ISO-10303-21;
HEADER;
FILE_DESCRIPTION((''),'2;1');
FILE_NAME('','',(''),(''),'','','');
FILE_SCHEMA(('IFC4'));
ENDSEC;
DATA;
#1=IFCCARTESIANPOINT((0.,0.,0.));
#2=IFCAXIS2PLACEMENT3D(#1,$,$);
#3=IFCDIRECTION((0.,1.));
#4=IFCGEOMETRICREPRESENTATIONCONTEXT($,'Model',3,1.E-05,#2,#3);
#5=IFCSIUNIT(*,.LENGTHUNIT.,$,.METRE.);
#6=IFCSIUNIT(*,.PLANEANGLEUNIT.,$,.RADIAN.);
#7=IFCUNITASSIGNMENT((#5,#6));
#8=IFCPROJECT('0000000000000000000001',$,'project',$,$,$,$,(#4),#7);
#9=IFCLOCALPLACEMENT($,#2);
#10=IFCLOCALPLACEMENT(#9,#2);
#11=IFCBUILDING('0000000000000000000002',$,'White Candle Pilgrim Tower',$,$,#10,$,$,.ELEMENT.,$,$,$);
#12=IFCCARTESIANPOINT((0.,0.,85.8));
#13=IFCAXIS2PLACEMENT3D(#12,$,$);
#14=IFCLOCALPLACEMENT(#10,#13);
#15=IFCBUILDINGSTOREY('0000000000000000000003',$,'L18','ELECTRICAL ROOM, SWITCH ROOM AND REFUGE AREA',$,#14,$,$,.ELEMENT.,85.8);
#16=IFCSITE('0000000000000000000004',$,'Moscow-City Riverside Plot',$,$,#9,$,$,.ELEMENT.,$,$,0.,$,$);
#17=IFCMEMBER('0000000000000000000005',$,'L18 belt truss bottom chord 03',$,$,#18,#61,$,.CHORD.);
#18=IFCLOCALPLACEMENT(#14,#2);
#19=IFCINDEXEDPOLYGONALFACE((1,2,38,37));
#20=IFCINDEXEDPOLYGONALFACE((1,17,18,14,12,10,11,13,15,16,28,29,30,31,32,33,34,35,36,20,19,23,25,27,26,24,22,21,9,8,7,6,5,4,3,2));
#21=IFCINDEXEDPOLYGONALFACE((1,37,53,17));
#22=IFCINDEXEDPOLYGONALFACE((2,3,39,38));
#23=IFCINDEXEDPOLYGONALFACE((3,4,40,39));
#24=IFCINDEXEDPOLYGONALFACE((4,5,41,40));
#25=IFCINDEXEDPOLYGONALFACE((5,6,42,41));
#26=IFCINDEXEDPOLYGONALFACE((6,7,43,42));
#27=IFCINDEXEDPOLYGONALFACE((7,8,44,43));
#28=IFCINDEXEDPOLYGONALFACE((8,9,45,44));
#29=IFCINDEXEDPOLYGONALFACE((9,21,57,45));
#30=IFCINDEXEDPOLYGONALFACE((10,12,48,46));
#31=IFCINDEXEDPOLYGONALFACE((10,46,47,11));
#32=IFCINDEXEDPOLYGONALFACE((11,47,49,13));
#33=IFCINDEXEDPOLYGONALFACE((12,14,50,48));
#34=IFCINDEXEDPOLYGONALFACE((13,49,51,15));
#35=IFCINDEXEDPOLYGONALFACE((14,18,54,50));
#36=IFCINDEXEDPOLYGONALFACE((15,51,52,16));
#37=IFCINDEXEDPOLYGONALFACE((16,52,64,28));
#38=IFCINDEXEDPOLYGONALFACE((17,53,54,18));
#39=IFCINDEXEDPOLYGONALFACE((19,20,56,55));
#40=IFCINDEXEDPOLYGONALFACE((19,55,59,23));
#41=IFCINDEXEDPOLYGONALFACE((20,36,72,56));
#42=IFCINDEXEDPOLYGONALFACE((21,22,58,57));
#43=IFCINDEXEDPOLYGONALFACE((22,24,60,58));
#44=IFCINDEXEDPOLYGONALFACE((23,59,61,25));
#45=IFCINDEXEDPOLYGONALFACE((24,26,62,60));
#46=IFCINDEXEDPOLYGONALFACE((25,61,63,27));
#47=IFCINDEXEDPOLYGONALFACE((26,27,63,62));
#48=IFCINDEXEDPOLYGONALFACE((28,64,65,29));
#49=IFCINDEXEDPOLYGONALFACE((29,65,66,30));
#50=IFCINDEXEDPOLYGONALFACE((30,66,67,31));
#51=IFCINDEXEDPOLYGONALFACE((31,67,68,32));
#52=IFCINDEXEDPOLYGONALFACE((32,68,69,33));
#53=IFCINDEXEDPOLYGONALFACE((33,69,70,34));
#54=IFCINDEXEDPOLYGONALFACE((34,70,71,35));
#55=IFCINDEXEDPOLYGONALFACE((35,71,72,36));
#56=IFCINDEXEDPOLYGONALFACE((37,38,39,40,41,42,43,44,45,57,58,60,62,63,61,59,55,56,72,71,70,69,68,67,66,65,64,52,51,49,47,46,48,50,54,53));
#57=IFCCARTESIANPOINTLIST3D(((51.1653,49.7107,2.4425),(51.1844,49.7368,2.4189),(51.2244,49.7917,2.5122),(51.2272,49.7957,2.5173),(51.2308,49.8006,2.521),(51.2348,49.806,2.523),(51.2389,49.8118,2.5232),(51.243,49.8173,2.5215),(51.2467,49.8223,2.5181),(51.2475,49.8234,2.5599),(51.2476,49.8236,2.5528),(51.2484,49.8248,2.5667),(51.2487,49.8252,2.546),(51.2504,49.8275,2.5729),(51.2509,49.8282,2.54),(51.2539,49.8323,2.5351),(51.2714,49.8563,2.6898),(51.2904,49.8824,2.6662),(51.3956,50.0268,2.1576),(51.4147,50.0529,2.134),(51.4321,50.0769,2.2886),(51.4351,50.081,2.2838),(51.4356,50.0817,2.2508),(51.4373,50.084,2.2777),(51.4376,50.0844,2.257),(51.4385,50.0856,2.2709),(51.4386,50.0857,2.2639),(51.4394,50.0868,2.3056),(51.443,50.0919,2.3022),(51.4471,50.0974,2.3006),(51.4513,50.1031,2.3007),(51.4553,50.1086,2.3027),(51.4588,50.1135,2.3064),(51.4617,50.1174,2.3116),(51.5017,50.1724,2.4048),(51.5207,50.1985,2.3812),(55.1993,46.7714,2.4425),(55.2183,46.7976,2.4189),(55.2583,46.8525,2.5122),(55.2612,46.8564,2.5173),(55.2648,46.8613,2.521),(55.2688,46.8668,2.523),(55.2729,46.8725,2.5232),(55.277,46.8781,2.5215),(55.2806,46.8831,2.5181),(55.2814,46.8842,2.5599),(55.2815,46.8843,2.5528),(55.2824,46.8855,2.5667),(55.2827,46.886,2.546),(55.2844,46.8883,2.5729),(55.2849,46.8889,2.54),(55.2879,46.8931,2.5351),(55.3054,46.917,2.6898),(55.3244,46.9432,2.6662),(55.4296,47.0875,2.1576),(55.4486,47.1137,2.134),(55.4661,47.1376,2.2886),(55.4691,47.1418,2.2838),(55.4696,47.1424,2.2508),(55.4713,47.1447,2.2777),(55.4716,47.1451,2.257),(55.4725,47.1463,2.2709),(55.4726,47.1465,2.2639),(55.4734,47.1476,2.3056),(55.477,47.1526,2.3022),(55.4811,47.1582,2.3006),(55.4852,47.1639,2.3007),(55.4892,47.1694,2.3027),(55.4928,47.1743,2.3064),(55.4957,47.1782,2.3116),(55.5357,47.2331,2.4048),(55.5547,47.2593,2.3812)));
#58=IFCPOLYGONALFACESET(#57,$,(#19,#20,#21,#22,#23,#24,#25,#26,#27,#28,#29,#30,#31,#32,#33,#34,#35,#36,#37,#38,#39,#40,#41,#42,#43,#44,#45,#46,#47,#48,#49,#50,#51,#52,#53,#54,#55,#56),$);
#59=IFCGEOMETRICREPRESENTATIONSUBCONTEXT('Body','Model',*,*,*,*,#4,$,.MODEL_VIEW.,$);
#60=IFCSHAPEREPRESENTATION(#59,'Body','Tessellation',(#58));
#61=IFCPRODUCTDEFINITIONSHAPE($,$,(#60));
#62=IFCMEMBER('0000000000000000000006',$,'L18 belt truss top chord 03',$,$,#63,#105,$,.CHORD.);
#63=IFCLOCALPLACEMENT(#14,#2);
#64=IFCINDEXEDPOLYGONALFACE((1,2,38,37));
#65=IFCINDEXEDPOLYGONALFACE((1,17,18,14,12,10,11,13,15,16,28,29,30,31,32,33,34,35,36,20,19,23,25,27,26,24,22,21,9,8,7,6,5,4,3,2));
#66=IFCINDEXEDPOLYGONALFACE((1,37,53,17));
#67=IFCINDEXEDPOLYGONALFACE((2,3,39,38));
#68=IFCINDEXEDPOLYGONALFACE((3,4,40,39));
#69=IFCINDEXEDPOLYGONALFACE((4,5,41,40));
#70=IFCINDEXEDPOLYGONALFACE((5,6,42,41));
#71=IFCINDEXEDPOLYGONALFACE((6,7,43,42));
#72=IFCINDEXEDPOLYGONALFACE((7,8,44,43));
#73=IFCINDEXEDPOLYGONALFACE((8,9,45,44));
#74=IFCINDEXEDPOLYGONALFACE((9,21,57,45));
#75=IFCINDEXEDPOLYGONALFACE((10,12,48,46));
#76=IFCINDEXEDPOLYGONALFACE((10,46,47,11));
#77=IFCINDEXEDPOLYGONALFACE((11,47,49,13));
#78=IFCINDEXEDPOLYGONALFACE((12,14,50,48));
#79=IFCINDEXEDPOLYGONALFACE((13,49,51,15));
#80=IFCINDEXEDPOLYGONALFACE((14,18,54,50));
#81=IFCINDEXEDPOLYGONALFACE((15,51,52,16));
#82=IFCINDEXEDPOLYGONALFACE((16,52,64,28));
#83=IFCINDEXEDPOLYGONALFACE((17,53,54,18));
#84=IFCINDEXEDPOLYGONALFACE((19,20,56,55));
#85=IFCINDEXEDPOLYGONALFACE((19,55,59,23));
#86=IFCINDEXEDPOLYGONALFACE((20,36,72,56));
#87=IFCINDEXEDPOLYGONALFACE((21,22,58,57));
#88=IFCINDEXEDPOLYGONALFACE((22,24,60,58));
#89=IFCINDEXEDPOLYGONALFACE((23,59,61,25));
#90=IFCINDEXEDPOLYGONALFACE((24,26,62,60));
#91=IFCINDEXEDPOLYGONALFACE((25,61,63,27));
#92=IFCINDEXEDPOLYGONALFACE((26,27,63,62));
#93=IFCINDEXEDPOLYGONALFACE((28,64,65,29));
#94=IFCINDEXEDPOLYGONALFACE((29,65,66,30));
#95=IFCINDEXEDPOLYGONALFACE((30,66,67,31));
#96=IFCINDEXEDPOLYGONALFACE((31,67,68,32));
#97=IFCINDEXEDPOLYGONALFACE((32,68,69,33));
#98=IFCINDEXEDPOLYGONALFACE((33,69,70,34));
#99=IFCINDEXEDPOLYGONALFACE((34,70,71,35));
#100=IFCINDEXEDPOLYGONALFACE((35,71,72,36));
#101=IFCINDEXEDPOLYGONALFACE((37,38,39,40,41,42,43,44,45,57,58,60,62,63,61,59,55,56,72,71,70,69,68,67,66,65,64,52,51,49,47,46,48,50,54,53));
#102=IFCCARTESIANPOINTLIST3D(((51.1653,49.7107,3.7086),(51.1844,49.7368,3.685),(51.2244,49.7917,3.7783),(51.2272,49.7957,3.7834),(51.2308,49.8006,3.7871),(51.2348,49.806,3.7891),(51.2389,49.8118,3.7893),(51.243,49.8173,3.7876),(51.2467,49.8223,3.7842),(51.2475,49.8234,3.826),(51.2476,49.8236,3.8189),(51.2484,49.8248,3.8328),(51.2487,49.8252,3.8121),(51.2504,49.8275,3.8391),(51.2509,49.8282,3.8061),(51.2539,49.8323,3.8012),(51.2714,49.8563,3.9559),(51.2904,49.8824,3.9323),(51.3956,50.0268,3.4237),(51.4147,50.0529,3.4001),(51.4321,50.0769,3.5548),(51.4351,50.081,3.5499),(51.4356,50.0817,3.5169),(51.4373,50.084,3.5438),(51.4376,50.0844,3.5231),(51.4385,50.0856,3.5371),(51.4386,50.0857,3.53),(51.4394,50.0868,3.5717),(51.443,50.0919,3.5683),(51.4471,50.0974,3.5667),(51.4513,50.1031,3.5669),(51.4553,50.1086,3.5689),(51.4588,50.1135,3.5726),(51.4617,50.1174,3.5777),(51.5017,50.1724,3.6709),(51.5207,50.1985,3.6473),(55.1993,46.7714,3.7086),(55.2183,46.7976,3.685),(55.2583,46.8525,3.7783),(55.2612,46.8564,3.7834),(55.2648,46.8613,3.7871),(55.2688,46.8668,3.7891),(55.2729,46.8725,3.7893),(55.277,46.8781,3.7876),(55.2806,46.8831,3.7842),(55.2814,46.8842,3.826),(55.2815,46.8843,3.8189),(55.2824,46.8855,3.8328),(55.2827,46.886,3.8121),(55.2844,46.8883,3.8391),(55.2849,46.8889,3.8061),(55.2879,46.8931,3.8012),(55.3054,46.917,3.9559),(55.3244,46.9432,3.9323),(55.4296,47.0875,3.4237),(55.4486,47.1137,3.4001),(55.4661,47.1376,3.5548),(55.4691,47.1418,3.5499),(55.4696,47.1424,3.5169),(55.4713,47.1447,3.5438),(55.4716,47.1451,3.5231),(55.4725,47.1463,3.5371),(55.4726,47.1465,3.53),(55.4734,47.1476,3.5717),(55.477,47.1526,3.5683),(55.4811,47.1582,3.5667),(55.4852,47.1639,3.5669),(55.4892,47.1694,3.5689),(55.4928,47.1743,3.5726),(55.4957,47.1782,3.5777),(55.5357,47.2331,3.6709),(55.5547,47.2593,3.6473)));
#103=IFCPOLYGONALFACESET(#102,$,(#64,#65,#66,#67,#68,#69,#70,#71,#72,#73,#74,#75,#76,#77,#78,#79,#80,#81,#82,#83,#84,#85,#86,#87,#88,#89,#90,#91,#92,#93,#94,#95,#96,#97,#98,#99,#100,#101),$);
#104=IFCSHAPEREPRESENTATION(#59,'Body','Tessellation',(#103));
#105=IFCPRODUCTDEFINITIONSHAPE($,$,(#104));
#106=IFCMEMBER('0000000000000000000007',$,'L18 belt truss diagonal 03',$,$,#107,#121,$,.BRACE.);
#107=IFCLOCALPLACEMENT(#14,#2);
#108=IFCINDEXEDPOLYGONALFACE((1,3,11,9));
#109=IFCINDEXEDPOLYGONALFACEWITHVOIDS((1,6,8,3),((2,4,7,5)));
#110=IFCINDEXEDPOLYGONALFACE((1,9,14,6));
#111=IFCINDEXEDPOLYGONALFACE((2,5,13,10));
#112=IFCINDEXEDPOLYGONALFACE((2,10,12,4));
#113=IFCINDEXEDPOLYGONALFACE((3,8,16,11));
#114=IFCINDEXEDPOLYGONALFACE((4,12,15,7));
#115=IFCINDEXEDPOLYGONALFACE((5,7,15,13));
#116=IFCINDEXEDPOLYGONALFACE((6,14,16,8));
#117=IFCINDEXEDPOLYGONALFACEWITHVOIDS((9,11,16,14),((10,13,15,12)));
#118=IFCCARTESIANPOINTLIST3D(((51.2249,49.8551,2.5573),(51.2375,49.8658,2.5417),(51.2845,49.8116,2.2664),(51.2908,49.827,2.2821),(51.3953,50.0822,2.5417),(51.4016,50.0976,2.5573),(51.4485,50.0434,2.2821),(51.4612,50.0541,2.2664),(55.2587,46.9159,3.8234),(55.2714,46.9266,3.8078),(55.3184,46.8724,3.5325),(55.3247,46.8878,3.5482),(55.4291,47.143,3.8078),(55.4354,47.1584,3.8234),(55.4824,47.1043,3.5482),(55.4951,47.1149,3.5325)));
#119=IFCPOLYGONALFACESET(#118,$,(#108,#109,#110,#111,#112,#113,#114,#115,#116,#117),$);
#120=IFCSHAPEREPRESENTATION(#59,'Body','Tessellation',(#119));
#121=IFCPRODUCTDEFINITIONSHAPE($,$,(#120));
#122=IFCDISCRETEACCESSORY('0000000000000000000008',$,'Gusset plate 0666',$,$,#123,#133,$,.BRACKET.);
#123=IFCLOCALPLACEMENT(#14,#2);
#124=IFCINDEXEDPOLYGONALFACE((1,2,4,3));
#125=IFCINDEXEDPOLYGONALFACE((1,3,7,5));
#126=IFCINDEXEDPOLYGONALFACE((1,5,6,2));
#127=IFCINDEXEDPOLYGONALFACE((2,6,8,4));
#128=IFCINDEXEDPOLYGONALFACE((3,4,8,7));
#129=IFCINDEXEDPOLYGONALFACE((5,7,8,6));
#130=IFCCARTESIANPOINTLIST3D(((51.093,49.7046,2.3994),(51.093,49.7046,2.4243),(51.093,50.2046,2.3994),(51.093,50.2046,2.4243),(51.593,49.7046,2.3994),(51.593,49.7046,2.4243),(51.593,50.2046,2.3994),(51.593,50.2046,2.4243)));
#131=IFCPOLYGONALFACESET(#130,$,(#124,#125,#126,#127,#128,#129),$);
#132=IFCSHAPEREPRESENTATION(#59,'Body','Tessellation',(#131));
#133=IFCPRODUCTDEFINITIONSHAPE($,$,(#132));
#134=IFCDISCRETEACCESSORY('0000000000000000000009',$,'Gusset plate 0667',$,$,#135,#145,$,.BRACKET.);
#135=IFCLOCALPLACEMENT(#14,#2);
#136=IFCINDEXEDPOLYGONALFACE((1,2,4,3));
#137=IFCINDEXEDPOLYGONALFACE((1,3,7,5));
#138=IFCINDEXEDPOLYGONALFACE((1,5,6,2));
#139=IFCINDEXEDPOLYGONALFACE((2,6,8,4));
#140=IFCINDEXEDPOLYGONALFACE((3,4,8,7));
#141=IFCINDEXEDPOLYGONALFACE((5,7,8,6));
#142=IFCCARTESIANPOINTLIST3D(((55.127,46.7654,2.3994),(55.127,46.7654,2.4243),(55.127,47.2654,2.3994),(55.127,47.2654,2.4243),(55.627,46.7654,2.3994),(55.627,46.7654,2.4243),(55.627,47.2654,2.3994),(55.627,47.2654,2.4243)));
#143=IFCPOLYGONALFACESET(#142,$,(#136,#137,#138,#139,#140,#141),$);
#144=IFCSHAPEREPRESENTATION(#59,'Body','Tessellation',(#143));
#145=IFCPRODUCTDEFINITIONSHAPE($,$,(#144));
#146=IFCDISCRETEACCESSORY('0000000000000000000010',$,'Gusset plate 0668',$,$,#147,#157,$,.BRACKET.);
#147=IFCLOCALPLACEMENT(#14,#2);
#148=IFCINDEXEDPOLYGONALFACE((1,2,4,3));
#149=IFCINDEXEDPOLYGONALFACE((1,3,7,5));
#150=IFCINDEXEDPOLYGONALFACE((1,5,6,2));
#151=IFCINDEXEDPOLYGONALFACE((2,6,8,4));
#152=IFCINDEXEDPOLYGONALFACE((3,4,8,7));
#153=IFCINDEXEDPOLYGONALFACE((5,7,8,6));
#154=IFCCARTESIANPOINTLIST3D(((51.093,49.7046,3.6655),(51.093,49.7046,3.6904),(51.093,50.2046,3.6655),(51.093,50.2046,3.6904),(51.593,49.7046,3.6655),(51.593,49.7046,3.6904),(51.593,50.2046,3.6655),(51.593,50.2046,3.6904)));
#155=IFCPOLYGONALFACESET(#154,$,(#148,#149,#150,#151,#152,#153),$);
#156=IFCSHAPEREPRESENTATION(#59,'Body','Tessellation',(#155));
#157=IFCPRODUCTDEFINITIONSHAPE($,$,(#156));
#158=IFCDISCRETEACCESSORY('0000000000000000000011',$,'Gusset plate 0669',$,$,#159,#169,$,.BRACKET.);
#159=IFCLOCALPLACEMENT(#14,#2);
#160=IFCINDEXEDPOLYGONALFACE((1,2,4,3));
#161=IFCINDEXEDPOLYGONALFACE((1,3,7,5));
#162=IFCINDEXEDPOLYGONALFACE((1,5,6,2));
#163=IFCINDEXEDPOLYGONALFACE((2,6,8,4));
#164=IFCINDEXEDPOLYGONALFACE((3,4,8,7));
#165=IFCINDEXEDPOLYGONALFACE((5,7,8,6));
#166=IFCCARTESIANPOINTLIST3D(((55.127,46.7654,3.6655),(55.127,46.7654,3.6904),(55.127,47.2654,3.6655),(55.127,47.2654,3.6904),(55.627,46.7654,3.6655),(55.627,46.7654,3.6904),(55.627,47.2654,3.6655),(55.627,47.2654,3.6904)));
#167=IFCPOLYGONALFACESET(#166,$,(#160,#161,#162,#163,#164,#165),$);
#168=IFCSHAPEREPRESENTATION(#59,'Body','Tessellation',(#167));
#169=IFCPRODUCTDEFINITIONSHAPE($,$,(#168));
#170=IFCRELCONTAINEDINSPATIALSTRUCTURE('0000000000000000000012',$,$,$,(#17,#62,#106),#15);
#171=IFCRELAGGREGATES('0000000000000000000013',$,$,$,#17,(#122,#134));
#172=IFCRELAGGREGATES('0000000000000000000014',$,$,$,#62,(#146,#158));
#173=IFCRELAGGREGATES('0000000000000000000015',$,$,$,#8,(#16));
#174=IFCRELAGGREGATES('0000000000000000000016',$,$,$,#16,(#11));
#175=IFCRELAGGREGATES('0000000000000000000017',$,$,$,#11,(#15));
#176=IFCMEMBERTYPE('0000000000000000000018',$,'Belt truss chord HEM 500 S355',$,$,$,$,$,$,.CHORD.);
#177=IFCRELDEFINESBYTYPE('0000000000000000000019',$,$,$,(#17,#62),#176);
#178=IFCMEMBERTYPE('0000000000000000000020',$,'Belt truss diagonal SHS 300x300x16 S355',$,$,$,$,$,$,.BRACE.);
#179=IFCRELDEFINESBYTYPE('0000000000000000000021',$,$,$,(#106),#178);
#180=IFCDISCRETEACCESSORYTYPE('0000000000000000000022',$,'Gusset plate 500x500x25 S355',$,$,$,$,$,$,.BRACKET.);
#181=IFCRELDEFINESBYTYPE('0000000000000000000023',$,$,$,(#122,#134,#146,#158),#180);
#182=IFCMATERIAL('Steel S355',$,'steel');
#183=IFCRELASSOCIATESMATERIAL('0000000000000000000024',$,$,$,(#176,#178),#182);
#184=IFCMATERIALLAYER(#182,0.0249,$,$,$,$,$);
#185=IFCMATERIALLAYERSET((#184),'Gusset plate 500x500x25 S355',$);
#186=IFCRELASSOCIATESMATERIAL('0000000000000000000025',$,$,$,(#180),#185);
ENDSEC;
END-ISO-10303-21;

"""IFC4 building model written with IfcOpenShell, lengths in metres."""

from ifc_helpers import new_model, si_unit, direction, frame, origin, origin_2d, place, context, subcontext, project, spatial, rectangle, hollow_rectangle, i_section, extrude, material, layer, layer_set, material_profile, profile_set, type_object, element, aggregate, save


model = new_model("IFC4")

# Units and contexts
model_context = context("Model", 3, precision=1e-05, world=origin(), true_north=direction((0.0, 1.0)))
body_context = subcontext(model_context, "Body", "Model", "MODEL_VIEW")
ifc_project = project(units=[si_unit("LENGTHUNIT", "METRE"), si_unit("PLANEANGLEUNIT", "RADIAN")], contexts=[model_context])

# Site, building, storey
site_placement = place(None, origin())
site = spatial("IfcSite", under=ifc_project, at=site_placement, Name="Moscow-City Riverside Plot", CompositionType="ELEMENT", RefElevation=0.0)
building_placement = place(site_placement, origin())
building = spatial("IfcBuilding", under=site, at=building_placement, Name="White Candle Pilgrim Tower", CompositionType="ELEMENT")
storey_placement = place(building_placement, frame((0.0, 0.0, 85.8)))
storey = spatial("IfcBuildingStorey", under=building, at=storey_placement, Name="L18", Description="ELECTRICAL ROOM, SWITCH ROOM AND REFUGE AREA", CompositionType="ELEMENT", Elevation=85.8)

# Members
ifc_material_1 = material(Name="Steel S355", Category="steel")
ifc_material_profile_1 = material_profile(ifc_material_1, i_section(OverallWidth=0.3059, OverallDepth=0.5239, WebThickness=0.021, FlangeThickness=0.04, FilletRadius=0.0271, at=origin_2d()), Name="HEM 500")
ifc_profile_set_1 = profile_set([ifc_material_profile_1], Name="Steel S355")
member_type_1 = type_object("IfcMemberType", Name="Belt truss chord HEM 500 S355", PredefinedType="CHORD", material=ifc_profile_set_1)
member_1_placement = place(storey_placement, frame((51.343, 49.9546, 2.4119), z_axis=(0.808218, -0.588884, 0.0), x_axis=(0.346791, 0.475956, 0.808209)))
member_1 = element("IfcMember", 1, at=member_1_placement, inside=storey, type_object=member_type_1, Name="L18 belt truss bottom chord 03", PredefinedType="CHORD", context=body_context, shape_type="SweptSolid", body=[
    extrude(i_section(OverallWidth=0.3059, OverallDepth=0.5239, WebThickness=0.021, FlangeThickness=0.04, FilletRadius=0.0271, at=origin_2d()), origin(), (0.0, 0.0, 1.0), 4.9912),
])
member_2_placement = place(storey_placement, frame((51.343, 49.9546, 3.678), z_axis=(0.808218, -0.588884, 0.0), x_axis=(0.346791, 0.475956, 0.808209)))
member_2 = element("IfcMember", 2, at=member_2_placement, inside=storey, type_object=member_type_1, Name="L18 belt truss top chord 03", PredefinedType="CHORD", context=body_context, shape_type="SweptSolid", body=[
    extrude(i_section(OverallWidth=0.3059, OverallDepth=0.5239, WebThickness=0.021, FlangeThickness=0.04, FilletRadius=0.0271, at=origin_2d()), origin(), (0.0, 0.0, 1.0), 4.9912),
])
ifc_material_profile_2 = material_profile(ifc_material_1, hollow_rectangle(XDim=0.3, YDim=0.3, WallThickness=0.0161, at=origin_2d()), Name="SHS 300x300x16")
ifc_profile_set_2 = profile_set([ifc_material_profile_2], Name="Steel S355")
member_type_2 = type_object("IfcMemberType", Name="Belt truss diagonal SHS 300x300x16 S355", PredefinedType="BRACE", material=ifc_profile_set_2)
member_3_placement = place(storey_placement, frame((51.343, 49.9546, 2.4119), z_axis=(0.783405, -0.570805, 0.245884), x_axis=(0.588884, 0.808218, 0.0)))
element("IfcMember", 3, at=member_3_placement, inside=storey, type_object=member_type_2, Name="L18 belt truss diagonal 03", PredefinedType="BRACE", context=body_context, shape_type="SweptSolid", body=[
    extrude(hollow_rectangle(XDim=0.3, YDim=0.3, WallThickness=0.0161, at=origin_2d()), origin(), (0.0, 0.0, 1.0), 5.1492),
])

# Discrete accessories
ifc_layer_1 = layer(ifc_material_1, 0.0249)
ifc_layer_set_1 = layer_set([ifc_layer_1], Name="Gusset plate 500x500x25 S355")
discrete_accessory_type = type_object("IfcDiscreteAccessoryType", Name="Gusset plate 500x500x25 S355", PredefinedType="BRACKET", material=ifc_layer_set_1)
discrete_accessory_1_placement = place(storey_placement, frame((51.343, 49.9546, 2.3994), z_axis=(0.0, 0.0, 1.0), x_axis=(1.0, 0.0, 0.0)))
discrete_accessory_1 = element("IfcDiscreteAccessory", 4, at=discrete_accessory_1_placement, type_object=discrete_accessory_type, Name="Gusset plate 0666", PredefinedType="BRACKET", context=body_context, shape_type="SweptSolid", body=[
    extrude(rectangle(XDim=0.5, YDim=0.5, at=origin_2d()), origin(), (0.0, 0.0, 1.0), 0.0249),
])
discrete_accessory_2_placement = place(storey_placement, frame((55.377, 47.0154, 2.3994), z_axis=(0.0, 0.0, 1.0), x_axis=(1.0, 0.0, 0.0)))
discrete_accessory_2 = element("IfcDiscreteAccessory", 5, at=discrete_accessory_2_placement, type_object=discrete_accessory_type, Name="Gusset plate 0667", PredefinedType="BRACKET", context=body_context, shape_type="SweptSolid", body=[
    extrude(rectangle(XDim=0.5, YDim=0.5, at=origin_2d()), origin(), (0.0, 0.0, 1.0), 0.0249),
])
aggregate(member_1, [discrete_accessory_1, discrete_accessory_2])
discrete_accessory_3_placement = place(storey_placement, frame((51.343, 49.9546, 3.6655), z_axis=(0.0, 0.0, 1.0), x_axis=(1.0, 0.0, 0.0)))
discrete_accessory_3 = element("IfcDiscreteAccessory", 6, at=discrete_accessory_3_placement, type_object=discrete_accessory_type, Name="Gusset plate 0668", PredefinedType="BRACKET", context=body_context, shape_type="SweptSolid", body=[
    extrude(rectangle(XDim=0.5, YDim=0.5, at=origin_2d()), origin(), (0.0, 0.0, 1.0), 0.0249),
])
discrete_accessory_4_placement = place(storey_placement, frame((55.377, 47.0154, 3.6655), z_axis=(0.0, 0.0, 1.0), x_axis=(1.0, 0.0, 0.0)))
discrete_accessory_4 = element("IfcDiscreteAccessory", 7, at=discrete_accessory_4_placement, type_object=discrete_accessory_type, Name="Gusset plate 0669", PredefinedType="BRACKET", context=body_context, shape_type="SweptSolid", body=[
    extrude(rectangle(XDim=0.5, YDim=0.5, at=origin_2d()), origin(), (0.0, 0.0, 1.0), 0.0249),
])
aggregate(member_2, [discrete_accessory_3, discrete_accessory_4])

save(model, "model.ifc")
